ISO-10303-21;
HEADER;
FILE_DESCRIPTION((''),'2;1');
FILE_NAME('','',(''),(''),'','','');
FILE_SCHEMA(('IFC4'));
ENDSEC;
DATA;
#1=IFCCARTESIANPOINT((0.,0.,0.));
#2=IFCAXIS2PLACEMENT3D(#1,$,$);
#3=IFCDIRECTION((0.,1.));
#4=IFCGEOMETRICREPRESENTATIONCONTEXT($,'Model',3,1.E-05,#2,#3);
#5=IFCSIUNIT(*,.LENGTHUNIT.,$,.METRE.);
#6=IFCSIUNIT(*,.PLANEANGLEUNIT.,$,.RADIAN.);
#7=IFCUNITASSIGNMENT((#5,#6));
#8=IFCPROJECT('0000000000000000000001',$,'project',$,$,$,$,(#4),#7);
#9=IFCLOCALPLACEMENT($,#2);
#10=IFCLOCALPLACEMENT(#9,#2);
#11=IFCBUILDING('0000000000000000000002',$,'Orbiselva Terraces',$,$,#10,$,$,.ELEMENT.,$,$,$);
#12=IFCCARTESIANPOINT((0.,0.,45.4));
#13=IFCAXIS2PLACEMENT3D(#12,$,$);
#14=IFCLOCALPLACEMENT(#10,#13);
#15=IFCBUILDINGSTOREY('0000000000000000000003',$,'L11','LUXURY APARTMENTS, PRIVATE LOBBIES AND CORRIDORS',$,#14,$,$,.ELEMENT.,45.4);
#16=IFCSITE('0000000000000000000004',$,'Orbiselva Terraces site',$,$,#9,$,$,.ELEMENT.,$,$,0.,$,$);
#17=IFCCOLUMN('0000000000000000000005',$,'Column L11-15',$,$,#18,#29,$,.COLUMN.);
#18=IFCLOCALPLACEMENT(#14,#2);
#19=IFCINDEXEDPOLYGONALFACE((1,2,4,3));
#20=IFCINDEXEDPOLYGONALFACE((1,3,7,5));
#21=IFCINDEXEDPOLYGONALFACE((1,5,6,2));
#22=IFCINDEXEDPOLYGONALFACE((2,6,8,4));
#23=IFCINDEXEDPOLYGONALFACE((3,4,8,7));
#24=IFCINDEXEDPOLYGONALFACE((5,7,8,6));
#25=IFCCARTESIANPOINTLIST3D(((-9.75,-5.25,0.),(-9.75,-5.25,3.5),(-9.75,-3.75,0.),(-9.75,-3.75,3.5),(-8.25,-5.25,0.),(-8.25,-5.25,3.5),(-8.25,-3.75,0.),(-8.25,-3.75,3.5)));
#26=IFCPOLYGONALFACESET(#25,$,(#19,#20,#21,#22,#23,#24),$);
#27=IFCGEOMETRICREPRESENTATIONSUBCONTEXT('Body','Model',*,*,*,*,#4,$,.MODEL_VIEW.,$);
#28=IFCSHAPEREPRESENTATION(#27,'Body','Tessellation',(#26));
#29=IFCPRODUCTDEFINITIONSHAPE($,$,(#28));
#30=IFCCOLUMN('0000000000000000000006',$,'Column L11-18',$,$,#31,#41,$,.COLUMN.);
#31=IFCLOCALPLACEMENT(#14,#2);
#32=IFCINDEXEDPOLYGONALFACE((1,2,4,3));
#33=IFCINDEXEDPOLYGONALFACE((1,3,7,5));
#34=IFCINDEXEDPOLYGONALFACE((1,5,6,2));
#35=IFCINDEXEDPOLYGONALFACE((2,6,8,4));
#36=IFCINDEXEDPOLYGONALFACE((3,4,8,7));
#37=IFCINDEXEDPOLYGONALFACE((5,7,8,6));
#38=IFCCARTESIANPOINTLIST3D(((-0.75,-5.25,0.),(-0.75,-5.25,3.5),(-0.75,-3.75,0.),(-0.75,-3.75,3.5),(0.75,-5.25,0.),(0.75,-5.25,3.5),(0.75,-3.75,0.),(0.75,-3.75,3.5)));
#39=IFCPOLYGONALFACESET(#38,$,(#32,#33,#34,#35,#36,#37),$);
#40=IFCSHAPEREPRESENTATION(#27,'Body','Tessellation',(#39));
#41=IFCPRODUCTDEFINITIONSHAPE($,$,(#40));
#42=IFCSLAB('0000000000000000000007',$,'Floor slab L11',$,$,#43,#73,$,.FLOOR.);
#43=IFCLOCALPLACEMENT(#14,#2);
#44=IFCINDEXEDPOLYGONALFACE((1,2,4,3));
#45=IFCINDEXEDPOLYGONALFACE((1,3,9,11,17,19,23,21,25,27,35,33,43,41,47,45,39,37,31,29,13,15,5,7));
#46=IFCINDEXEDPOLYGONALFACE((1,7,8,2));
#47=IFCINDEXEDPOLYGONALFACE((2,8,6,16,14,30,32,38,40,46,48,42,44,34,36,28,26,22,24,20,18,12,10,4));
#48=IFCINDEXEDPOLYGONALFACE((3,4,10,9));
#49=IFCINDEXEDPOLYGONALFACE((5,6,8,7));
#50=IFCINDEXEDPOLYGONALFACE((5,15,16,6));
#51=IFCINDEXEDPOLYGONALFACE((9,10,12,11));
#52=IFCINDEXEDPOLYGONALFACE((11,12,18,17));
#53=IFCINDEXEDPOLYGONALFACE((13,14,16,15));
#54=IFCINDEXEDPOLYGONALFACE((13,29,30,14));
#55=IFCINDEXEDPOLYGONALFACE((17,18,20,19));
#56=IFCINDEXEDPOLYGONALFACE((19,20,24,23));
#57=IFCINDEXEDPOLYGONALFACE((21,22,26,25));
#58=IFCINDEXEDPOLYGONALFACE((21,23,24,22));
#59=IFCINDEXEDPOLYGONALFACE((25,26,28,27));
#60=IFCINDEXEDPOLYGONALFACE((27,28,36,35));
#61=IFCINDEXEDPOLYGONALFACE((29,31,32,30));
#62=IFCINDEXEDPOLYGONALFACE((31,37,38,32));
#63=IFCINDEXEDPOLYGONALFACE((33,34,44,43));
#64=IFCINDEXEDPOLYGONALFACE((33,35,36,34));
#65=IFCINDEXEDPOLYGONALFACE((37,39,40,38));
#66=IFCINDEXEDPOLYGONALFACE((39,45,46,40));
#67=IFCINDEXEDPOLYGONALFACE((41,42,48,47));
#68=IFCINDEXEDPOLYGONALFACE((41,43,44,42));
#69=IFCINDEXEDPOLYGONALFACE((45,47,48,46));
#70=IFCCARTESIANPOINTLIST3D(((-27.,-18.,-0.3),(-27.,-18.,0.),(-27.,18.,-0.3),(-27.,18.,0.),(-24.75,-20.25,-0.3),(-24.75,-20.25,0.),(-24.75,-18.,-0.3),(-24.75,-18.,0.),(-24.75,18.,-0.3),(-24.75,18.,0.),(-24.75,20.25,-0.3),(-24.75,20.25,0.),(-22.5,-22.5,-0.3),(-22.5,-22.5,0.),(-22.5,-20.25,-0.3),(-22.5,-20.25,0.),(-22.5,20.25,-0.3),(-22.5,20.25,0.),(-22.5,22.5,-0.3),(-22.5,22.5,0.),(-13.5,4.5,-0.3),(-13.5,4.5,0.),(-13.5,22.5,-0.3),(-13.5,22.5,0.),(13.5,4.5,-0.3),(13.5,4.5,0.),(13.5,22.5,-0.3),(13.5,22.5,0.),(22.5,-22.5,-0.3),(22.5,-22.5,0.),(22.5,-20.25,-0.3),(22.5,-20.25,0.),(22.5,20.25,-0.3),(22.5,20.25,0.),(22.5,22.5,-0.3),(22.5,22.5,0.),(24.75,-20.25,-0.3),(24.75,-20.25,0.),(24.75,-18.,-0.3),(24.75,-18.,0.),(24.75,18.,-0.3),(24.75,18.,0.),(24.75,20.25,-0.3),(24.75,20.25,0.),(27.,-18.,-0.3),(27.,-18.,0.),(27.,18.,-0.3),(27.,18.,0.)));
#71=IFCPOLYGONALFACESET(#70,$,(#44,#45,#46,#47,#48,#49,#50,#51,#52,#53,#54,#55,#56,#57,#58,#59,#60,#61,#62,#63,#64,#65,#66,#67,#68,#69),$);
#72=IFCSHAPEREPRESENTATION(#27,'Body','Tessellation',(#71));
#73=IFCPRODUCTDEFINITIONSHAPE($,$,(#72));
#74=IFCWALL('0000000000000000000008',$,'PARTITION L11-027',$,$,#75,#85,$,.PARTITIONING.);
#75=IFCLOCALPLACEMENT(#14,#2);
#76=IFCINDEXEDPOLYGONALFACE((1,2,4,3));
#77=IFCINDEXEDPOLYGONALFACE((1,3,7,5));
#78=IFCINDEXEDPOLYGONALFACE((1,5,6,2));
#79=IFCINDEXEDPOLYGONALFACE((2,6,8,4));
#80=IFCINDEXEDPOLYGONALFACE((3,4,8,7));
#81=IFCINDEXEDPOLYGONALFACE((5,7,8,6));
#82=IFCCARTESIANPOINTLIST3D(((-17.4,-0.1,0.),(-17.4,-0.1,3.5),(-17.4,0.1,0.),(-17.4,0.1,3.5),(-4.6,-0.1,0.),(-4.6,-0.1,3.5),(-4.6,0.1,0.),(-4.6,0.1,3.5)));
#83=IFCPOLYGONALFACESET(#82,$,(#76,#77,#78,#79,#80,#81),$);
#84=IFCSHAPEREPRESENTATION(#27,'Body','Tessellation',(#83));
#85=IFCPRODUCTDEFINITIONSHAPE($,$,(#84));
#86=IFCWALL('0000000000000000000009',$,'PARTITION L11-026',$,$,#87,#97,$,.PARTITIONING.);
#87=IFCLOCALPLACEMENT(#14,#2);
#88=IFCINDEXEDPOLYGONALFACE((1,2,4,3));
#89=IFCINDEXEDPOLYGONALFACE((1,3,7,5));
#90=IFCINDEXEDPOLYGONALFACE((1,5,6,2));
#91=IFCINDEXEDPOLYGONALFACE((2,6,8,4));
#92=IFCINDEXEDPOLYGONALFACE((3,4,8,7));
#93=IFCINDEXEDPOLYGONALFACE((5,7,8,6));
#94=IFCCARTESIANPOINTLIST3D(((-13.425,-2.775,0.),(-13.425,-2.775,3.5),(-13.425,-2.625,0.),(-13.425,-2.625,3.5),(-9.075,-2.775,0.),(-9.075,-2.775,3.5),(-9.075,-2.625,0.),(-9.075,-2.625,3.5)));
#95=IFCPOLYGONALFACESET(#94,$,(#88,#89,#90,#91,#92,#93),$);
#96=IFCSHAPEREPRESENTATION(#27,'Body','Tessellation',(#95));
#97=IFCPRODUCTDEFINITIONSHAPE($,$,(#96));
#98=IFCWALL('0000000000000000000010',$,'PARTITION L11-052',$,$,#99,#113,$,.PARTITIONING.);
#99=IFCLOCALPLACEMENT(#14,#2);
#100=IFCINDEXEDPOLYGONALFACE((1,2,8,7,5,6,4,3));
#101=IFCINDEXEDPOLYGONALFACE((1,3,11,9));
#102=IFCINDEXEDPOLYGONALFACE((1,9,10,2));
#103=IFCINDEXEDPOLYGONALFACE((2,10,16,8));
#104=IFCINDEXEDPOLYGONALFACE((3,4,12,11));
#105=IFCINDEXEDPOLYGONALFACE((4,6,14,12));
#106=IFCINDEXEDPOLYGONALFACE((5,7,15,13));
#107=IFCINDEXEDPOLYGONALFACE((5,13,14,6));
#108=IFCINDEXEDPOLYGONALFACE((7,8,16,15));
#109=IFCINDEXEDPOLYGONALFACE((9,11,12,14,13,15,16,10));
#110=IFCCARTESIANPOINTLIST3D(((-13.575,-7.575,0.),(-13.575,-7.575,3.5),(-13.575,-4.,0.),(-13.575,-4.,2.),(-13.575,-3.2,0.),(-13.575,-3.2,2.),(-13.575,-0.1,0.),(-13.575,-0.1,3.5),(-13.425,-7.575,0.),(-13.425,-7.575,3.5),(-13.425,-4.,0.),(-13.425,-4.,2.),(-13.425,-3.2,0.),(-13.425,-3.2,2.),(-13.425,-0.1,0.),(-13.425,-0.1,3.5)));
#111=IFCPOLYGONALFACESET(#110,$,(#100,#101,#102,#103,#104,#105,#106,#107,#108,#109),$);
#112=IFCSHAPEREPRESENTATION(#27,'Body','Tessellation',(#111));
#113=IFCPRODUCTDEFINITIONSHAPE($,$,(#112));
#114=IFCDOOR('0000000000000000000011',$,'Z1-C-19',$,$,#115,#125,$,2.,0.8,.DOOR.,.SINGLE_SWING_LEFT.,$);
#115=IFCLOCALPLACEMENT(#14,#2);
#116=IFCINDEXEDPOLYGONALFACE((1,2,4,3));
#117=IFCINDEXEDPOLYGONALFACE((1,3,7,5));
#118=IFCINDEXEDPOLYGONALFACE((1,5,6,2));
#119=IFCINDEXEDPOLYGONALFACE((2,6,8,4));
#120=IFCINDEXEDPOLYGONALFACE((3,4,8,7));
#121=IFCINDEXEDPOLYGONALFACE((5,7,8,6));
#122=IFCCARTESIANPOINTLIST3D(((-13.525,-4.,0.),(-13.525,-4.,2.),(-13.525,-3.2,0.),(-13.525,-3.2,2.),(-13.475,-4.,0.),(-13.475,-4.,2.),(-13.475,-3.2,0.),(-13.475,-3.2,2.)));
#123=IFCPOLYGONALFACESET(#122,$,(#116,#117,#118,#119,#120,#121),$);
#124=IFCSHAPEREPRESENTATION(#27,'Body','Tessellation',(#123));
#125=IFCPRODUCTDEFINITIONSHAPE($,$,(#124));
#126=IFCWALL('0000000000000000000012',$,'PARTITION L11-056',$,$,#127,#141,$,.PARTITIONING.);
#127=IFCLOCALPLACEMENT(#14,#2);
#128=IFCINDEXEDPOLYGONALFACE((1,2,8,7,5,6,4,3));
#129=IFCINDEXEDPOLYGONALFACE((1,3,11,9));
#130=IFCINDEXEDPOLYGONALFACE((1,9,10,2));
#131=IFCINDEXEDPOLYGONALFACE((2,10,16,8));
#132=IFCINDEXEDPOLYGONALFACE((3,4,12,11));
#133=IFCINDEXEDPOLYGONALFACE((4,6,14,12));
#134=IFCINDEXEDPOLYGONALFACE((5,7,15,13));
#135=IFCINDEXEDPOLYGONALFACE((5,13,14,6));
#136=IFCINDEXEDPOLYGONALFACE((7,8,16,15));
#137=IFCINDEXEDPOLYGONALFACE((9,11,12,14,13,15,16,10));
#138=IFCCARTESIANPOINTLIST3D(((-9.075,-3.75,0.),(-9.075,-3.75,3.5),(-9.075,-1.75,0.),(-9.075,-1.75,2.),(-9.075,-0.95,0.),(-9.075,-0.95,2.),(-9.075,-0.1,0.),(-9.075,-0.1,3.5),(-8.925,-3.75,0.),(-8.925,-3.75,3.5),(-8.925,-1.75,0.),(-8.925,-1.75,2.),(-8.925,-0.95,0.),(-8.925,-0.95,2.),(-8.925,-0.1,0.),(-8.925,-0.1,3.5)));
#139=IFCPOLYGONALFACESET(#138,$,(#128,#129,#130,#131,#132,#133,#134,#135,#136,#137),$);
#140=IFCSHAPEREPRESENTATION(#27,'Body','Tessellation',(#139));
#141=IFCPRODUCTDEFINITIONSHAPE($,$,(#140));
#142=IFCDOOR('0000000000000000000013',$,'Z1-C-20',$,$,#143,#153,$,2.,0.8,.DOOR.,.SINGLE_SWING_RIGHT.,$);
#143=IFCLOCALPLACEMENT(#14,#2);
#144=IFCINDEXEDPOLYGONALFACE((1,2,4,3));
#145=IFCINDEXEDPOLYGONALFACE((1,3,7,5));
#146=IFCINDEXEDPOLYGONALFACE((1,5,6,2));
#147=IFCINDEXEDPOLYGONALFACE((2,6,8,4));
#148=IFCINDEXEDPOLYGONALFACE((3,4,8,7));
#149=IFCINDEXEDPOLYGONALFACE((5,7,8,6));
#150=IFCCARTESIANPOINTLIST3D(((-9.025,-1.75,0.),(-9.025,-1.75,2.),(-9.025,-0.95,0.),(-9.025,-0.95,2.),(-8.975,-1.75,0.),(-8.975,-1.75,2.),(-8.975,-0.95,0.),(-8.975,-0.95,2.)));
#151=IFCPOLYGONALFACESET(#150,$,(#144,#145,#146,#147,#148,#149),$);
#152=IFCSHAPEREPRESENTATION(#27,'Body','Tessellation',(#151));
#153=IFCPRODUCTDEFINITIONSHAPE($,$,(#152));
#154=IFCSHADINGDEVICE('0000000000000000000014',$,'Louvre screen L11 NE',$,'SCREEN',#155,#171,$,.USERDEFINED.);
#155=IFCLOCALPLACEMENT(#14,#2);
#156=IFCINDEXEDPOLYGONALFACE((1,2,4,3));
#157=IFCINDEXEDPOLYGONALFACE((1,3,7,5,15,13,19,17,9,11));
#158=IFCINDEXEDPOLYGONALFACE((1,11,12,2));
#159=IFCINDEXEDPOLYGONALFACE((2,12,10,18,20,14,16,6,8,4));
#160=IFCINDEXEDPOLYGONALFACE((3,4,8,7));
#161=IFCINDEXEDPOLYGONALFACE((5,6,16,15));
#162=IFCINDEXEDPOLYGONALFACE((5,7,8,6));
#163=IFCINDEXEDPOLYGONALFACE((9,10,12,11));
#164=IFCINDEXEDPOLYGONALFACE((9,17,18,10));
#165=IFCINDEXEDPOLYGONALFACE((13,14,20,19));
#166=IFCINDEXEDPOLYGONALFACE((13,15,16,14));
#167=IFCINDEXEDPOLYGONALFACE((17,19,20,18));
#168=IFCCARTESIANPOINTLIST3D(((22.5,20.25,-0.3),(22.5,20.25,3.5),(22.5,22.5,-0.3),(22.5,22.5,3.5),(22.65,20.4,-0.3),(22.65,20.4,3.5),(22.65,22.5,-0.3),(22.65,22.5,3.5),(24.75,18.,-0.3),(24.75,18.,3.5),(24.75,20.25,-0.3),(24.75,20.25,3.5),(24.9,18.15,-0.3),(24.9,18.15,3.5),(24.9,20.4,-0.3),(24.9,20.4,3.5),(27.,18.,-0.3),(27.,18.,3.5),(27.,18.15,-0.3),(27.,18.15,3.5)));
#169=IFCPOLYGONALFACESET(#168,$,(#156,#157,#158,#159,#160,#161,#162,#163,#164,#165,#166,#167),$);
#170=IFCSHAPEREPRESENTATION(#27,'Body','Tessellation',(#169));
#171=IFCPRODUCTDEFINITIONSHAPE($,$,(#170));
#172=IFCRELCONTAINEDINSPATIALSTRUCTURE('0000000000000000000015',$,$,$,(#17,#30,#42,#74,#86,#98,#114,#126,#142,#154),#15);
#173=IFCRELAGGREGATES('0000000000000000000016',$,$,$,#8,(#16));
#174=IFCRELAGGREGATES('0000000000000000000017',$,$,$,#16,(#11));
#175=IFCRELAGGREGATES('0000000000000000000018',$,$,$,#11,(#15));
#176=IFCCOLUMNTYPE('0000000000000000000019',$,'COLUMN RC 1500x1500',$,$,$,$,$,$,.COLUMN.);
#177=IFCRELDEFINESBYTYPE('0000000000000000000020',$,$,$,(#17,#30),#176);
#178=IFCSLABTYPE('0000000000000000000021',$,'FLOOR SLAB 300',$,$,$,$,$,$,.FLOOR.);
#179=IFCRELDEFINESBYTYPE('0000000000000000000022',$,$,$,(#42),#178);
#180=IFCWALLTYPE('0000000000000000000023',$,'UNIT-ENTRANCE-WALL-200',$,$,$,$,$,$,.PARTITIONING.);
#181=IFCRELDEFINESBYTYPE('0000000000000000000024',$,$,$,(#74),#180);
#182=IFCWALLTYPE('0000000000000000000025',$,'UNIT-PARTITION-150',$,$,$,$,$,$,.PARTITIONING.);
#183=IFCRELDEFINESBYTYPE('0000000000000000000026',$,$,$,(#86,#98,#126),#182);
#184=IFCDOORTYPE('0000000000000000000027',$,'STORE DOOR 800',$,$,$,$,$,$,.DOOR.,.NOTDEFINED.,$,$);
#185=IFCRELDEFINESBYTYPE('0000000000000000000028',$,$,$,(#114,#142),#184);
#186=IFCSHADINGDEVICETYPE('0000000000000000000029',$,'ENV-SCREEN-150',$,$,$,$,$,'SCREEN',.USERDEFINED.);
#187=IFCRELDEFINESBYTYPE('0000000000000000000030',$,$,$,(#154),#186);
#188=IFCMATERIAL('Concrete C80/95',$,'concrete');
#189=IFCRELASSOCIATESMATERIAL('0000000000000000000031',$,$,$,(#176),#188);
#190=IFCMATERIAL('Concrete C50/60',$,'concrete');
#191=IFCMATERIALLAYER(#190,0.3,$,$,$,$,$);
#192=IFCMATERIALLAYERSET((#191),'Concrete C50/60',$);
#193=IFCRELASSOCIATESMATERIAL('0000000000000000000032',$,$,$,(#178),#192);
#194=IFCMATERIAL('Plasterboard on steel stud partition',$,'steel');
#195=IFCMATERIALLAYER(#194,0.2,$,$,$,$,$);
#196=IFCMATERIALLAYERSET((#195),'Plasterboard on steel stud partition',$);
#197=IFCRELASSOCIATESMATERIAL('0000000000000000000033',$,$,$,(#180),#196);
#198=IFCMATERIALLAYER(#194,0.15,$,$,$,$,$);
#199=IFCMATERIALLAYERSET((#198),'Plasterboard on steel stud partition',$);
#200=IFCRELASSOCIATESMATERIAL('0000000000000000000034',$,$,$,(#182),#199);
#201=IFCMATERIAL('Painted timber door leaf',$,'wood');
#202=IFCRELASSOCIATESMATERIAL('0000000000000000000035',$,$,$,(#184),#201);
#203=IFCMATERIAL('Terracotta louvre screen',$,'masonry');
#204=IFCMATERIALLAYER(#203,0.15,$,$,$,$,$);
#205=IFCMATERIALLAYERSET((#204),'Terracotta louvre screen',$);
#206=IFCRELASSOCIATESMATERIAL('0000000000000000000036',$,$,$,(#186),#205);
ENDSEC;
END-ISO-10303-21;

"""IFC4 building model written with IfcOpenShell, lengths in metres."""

from ifc_helpers import new_model, si_unit, direction, frame, frame_2d, origin, origin_2d, place, context, subcontext, project, spatial, polyline, rectangle, outline, extrude, material, layer, layer_set, material_profile, profile_set, type_object, element, fill, save


model = new_model("IFC4")

# Units and contexts
model_context = context("Model", 3, precision=1e-05, world=origin(), true_north=direction((0.0, 1.0)))
body_context = subcontext(model_context, "Body", "Model", "MODEL_VIEW")
ifc_project = project(units=[si_unit("LENGTHUNIT", "METRE"), si_unit("PLANEANGLEUNIT", "RADIAN")], contexts=[model_context])

# Site, building, storey
site_placement = place(None, origin())
site = spatial("IfcSite", under=ifc_project, at=site_placement, Name="Orbiselva Terraces site", CompositionType="ELEMENT", RefElevation=0.0)
building_placement = place(site_placement, origin())
building = spatial("IfcBuilding", under=site, at=building_placement, Name="Orbiselva Terraces", CompositionType="ELEMENT")
storey_placement = place(building_placement, frame((0.0, 0.0, 45.4)))
storey = spatial("IfcBuildingStorey", under=building, at=storey_placement, Name="L11", Description="LUXURY APARTMENTS, PRIVATE LOBBIES AND CORRIDORS", CompositionType="ELEMENT", Elevation=45.4)

# Columns
ifc_material_1 = material(Name="Concrete C80/95", Category="concrete")
ifc_material_profile = material_profile(ifc_material_1, rectangle(XDim=1.5, YDim=1.5, at=origin_2d()), Name="RC 1500x1500")
ifc_profile_set = profile_set([ifc_material_profile], Name="Concrete C80/95")
column_type = type_object("IfcColumnType", Name="COLUMN RC 1500x1500", PredefinedType="COLUMN", material=ifc_profile_set)
for number, where, z_axis, x_axis, name in (
    (1, (-9.0, -4.5, 0.0), (0.0, 0.0, 1.0), (1.0, 0.0, 0.0), "Column L11-15"),
    (2, (0.0, -4.5, 0.0), (0.0, 0.0, 1.0), (1.0, 0.0, 0.0), "Column L11-18"),
):
    element("IfcColumn", number, at=place(storey_placement, frame(where, z_axis=z_axis, x_axis=x_axis)), inside=storey, type_object=column_type, Name=name, PredefinedType="COLUMN", context=body_context, shape_type="SweptSolid", body=[
        extrude(rectangle(XDim=1.5, YDim=1.5, at=origin_2d()), origin(), (0.0, 0.0, 1.0), 3.5),
    ])

# Slab
ifc_material_2 = material(Name="Concrete C50/60", Category="concrete")
ifc_layer_1 = layer(ifc_material_2, 0.3)
ifc_layer_set_1 = layer_set([ifc_layer_1], Name="Concrete C50/60")
slab_type = type_object("IfcSlabType", Name="FLOOR SLAB 300", PredefinedType="FLOOR", material=ifc_layer_set_1)
slab_placement = place(storey_placement, frame((0.0, 0.0, -0.3)))
element("IfcSlab", 3, at=slab_placement, inside=storey, type_object=slab_type, Name="Floor slab L11", PredefinedType="FLOOR", context=body_context, shape_type="SweptSolid", body=[
    extrude(outline(polyline([(22.5, 22.5), (22.5, 20.25), (24.75, 20.25), (24.75, 18.0), (27.0, 18.0), (27.0, -18.0), (24.75, -18.0), (24.75, -20.25), (22.5, -20.25), (22.5, -22.5), (-22.5, -22.5), (-22.5, -20.25), (-24.75, -20.25), (-24.75, -18.0), (-27.0, -18.0), (-27.0, 18.0), (-24.75, 18.0), (-24.75, 20.25), (-22.5, 20.25), (-22.5, 22.5), (-13.5, 22.5), (-13.5, 4.5), (13.5, 4.5), (13.5, 22.5), (22.5, 22.5)])), origin(), (0.0, 0.0, 1.0), 0.3),
])

# Walls
ifc_material_3 = material(Name="Plasterboard on steel stud partition", Category="steel")
ifc_layer_2 = layer(ifc_material_3, 0.2)
ifc_layer_set_2 = layer_set([ifc_layer_2], Name="Plasterboard on steel stud partition")
wall_type_1 = type_object("IfcWallType", Name="UNIT-ENTRANCE-WALL-200", PredefinedType="PARTITIONING", material=ifc_layer_set_2)
wall_1_placement = place(storey_placement, frame((-17.4, 0.0, 0.0), z_axis=(0.0, 0.0, 1.0), x_axis=(1.0, 0.0, 0.0)))
element("IfcWall", 4, at=wall_1_placement, inside=storey, type_object=wall_type_1, Name="PARTITION L11-027", PredefinedType="PARTITIONING", context=body_context, shape_type="SweptSolid", body=[
    extrude(rectangle(XDim=12.8, YDim=0.2, at=frame_2d((6.4, 0.0))), origin(), (0.0, 0.0, 1.0), 3.5),
])
ifc_layer_3 = layer(ifc_material_3, 0.15)
ifc_layer_set_3 = layer_set([ifc_layer_3], Name="Plasterboard on steel stud partition")
wall_type_2 = type_object("IfcWallType", Name="UNIT-PARTITION-150", PredefinedType="PARTITIONING", material=ifc_layer_set_3)
wall_2_placement = place(storey_placement, frame((-13.425, -2.7, 0.0), z_axis=(0.0, 0.0, 1.0), x_axis=(1.0, 0.0, 0.0)))
element("IfcWall", 5, at=wall_2_placement, inside=storey, type_object=wall_type_2, Name="PARTITION L11-026", PredefinedType="PARTITIONING", context=body_context, shape_type="SweptSolid", body=[
    extrude(rectangle(XDim=4.35, YDim=0.15, at=frame_2d((2.175, 0.0))), origin(), (0.0, 0.0, 1.0), 3.5),
])

# Walls, openings, doors
wall_3_placement = place(storey_placement, frame((-13.5, -0.1, 0.0), z_axis=(0.0, 0.0, 1.0), x_axis=(0.0, -1.0, 0.0)))
wall_3 = element("IfcWall", 6, at=wall_3_placement, inside=storey, type_object=wall_type_2, Name="PARTITION L11-052", PredefinedType="PARTITIONING", context=body_context, shape_type="SweptSolid", body=[
    extrude(rectangle(XDim=7.475, YDim=0.15, at=frame_2d((3.7375, 0.0))), origin(), (0.0, 0.0, 1.0), 3.5),
])
opening_1_placement = place(wall_3_placement, frame((3.1, 0.0, 0.0)))
opening_1 = element("IfcOpeningElement", 7, at=opening_1_placement, cuts=wall_3, PredefinedType="OPENING", context=body_context, shape_type="SweptSolid", body=[
    extrude(rectangle(XDim=0.8, YDim=2.0, at=frame_2d((0.4, 1.0))), frame((0.0, 0.085, 0.0), z_axis=(0.0, -1.0, 0.0), x_axis=(1.0, 0.0, 0.0)), (0.0, 0.0, 1.0), 0.17),
])
ifc_material_4 = material(Name="Painted timber door leaf", Category="wood")
door_type = type_object("IfcDoorType", Name="STORE DOOR 800", OperationType="NOTDEFINED", PredefinedType="DOOR", material=ifc_material_4)
door_1_placement = place(opening_1_placement, origin())
door_1 = element("IfcDoor", 8, at=door_1_placement, inside=storey, type_object=door_type, Name="Z1-C-19", OperationType="SINGLE_SWING_LEFT", OverallHeight=2.0, OverallWidth=0.8, PredefinedType="DOOR", context=body_context, shape_type="SweptSolid", body=[
    extrude(rectangle(XDim=0.8, YDim=2.0, at=frame_2d((0.4, 1.0))), frame((0.0, 0.025, 0.0), z_axis=(0.0, -1.0, 0.0), x_axis=(1.0, 0.0, 0.0)), (0.0, 0.0, 1.0), 0.05),
])
fill(opening_1, door_1)
wall_4_placement = place(storey_placement, frame((-9.0, -3.75, 0.0), z_axis=(0.0, 0.0, 1.0), x_axis=(0.0, 1.0, 0.0)))
wall_4 = element("IfcWall", 9, at=wall_4_placement, inside=storey, type_object=wall_type_2, Name="PARTITION L11-056", PredefinedType="PARTITIONING", context=body_context, shape_type="SweptSolid", body=[
    extrude(rectangle(XDim=3.65, YDim=0.15, at=frame_2d((1.825, 0.0))), origin(), (0.0, 0.0, 1.0), 3.5),
])
opening_2_placement = place(wall_4_placement, frame((2.0, 0.0, 0.0)))
opening_2 = element("IfcOpeningElement", 10, at=opening_2_placement, cuts=wall_4, PredefinedType="OPENING", context=body_context, shape_type="SweptSolid", body=[
    extrude(rectangle(XDim=0.8, YDim=2.0, at=frame_2d((0.4, 1.0))), frame((0.0, 0.085, 0.0), z_axis=(0.0, -1.0, 0.0), x_axis=(1.0, 0.0, 0.0)), (0.0, 0.0, 1.0), 0.17),
])
door_2_placement = place(opening_2_placement, origin())
door_2 = element("IfcDoor", 11, at=door_2_placement, inside=storey, type_object=door_type, Name="Z1-C-20", OperationType="SINGLE_SWING_RIGHT", OverallHeight=2.0, OverallWidth=0.8, PredefinedType="DOOR", context=body_context, shape_type="SweptSolid", body=[
    extrude(rectangle(XDim=0.8, YDim=2.0, at=frame_2d((0.4, 1.0))), frame((0.0, 0.025, 0.0), z_axis=(0.0, -1.0, 0.0), x_axis=(1.0, 0.0, 0.0)), (0.0, 0.0, 1.0), 0.05),
])
fill(opening_2, door_2)

# Shading device
ifc_material_5 = material(Name="Terracotta louvre screen", Category="masonry")
ifc_layer_4 = layer(ifc_material_5, 0.15)
ifc_layer_set_4 = layer_set([ifc_layer_4], Name="Terracotta louvre screen")
shading_device_type_1 = type_object("IfcShadingDeviceType", Name="ENV-SCREEN-150", ElementType="SCREEN", PredefinedType="USERDEFINED", material=ifc_layer_set_4)
shading_device_1_placement = place(storey_placement, frame((0.0, 0.0, -0.3)))
element("IfcShadingDevice", 12, at=shading_device_1_placement, inside=storey, type_object=shading_device_type_1, Name="Louvre screen L11 NE", ObjectType="SCREEN", PredefinedType="USERDEFINED", context=body_context, shape_type="SweptSolid", body=[
    extrude(outline(polyline([(27.0, 18.15), (24.9, 18.15), (24.9, 20.4), (22.65, 20.4), (22.65, 22.5), (22.5, 22.5), (22.5, 20.25), (24.75, 20.25), (24.75, 18.0), (27.0, 18.0), (27.0, 18.15)])), origin(), (0.0, 0.0, 1.0), 3.8),
])

save(model, "model.ifc")
